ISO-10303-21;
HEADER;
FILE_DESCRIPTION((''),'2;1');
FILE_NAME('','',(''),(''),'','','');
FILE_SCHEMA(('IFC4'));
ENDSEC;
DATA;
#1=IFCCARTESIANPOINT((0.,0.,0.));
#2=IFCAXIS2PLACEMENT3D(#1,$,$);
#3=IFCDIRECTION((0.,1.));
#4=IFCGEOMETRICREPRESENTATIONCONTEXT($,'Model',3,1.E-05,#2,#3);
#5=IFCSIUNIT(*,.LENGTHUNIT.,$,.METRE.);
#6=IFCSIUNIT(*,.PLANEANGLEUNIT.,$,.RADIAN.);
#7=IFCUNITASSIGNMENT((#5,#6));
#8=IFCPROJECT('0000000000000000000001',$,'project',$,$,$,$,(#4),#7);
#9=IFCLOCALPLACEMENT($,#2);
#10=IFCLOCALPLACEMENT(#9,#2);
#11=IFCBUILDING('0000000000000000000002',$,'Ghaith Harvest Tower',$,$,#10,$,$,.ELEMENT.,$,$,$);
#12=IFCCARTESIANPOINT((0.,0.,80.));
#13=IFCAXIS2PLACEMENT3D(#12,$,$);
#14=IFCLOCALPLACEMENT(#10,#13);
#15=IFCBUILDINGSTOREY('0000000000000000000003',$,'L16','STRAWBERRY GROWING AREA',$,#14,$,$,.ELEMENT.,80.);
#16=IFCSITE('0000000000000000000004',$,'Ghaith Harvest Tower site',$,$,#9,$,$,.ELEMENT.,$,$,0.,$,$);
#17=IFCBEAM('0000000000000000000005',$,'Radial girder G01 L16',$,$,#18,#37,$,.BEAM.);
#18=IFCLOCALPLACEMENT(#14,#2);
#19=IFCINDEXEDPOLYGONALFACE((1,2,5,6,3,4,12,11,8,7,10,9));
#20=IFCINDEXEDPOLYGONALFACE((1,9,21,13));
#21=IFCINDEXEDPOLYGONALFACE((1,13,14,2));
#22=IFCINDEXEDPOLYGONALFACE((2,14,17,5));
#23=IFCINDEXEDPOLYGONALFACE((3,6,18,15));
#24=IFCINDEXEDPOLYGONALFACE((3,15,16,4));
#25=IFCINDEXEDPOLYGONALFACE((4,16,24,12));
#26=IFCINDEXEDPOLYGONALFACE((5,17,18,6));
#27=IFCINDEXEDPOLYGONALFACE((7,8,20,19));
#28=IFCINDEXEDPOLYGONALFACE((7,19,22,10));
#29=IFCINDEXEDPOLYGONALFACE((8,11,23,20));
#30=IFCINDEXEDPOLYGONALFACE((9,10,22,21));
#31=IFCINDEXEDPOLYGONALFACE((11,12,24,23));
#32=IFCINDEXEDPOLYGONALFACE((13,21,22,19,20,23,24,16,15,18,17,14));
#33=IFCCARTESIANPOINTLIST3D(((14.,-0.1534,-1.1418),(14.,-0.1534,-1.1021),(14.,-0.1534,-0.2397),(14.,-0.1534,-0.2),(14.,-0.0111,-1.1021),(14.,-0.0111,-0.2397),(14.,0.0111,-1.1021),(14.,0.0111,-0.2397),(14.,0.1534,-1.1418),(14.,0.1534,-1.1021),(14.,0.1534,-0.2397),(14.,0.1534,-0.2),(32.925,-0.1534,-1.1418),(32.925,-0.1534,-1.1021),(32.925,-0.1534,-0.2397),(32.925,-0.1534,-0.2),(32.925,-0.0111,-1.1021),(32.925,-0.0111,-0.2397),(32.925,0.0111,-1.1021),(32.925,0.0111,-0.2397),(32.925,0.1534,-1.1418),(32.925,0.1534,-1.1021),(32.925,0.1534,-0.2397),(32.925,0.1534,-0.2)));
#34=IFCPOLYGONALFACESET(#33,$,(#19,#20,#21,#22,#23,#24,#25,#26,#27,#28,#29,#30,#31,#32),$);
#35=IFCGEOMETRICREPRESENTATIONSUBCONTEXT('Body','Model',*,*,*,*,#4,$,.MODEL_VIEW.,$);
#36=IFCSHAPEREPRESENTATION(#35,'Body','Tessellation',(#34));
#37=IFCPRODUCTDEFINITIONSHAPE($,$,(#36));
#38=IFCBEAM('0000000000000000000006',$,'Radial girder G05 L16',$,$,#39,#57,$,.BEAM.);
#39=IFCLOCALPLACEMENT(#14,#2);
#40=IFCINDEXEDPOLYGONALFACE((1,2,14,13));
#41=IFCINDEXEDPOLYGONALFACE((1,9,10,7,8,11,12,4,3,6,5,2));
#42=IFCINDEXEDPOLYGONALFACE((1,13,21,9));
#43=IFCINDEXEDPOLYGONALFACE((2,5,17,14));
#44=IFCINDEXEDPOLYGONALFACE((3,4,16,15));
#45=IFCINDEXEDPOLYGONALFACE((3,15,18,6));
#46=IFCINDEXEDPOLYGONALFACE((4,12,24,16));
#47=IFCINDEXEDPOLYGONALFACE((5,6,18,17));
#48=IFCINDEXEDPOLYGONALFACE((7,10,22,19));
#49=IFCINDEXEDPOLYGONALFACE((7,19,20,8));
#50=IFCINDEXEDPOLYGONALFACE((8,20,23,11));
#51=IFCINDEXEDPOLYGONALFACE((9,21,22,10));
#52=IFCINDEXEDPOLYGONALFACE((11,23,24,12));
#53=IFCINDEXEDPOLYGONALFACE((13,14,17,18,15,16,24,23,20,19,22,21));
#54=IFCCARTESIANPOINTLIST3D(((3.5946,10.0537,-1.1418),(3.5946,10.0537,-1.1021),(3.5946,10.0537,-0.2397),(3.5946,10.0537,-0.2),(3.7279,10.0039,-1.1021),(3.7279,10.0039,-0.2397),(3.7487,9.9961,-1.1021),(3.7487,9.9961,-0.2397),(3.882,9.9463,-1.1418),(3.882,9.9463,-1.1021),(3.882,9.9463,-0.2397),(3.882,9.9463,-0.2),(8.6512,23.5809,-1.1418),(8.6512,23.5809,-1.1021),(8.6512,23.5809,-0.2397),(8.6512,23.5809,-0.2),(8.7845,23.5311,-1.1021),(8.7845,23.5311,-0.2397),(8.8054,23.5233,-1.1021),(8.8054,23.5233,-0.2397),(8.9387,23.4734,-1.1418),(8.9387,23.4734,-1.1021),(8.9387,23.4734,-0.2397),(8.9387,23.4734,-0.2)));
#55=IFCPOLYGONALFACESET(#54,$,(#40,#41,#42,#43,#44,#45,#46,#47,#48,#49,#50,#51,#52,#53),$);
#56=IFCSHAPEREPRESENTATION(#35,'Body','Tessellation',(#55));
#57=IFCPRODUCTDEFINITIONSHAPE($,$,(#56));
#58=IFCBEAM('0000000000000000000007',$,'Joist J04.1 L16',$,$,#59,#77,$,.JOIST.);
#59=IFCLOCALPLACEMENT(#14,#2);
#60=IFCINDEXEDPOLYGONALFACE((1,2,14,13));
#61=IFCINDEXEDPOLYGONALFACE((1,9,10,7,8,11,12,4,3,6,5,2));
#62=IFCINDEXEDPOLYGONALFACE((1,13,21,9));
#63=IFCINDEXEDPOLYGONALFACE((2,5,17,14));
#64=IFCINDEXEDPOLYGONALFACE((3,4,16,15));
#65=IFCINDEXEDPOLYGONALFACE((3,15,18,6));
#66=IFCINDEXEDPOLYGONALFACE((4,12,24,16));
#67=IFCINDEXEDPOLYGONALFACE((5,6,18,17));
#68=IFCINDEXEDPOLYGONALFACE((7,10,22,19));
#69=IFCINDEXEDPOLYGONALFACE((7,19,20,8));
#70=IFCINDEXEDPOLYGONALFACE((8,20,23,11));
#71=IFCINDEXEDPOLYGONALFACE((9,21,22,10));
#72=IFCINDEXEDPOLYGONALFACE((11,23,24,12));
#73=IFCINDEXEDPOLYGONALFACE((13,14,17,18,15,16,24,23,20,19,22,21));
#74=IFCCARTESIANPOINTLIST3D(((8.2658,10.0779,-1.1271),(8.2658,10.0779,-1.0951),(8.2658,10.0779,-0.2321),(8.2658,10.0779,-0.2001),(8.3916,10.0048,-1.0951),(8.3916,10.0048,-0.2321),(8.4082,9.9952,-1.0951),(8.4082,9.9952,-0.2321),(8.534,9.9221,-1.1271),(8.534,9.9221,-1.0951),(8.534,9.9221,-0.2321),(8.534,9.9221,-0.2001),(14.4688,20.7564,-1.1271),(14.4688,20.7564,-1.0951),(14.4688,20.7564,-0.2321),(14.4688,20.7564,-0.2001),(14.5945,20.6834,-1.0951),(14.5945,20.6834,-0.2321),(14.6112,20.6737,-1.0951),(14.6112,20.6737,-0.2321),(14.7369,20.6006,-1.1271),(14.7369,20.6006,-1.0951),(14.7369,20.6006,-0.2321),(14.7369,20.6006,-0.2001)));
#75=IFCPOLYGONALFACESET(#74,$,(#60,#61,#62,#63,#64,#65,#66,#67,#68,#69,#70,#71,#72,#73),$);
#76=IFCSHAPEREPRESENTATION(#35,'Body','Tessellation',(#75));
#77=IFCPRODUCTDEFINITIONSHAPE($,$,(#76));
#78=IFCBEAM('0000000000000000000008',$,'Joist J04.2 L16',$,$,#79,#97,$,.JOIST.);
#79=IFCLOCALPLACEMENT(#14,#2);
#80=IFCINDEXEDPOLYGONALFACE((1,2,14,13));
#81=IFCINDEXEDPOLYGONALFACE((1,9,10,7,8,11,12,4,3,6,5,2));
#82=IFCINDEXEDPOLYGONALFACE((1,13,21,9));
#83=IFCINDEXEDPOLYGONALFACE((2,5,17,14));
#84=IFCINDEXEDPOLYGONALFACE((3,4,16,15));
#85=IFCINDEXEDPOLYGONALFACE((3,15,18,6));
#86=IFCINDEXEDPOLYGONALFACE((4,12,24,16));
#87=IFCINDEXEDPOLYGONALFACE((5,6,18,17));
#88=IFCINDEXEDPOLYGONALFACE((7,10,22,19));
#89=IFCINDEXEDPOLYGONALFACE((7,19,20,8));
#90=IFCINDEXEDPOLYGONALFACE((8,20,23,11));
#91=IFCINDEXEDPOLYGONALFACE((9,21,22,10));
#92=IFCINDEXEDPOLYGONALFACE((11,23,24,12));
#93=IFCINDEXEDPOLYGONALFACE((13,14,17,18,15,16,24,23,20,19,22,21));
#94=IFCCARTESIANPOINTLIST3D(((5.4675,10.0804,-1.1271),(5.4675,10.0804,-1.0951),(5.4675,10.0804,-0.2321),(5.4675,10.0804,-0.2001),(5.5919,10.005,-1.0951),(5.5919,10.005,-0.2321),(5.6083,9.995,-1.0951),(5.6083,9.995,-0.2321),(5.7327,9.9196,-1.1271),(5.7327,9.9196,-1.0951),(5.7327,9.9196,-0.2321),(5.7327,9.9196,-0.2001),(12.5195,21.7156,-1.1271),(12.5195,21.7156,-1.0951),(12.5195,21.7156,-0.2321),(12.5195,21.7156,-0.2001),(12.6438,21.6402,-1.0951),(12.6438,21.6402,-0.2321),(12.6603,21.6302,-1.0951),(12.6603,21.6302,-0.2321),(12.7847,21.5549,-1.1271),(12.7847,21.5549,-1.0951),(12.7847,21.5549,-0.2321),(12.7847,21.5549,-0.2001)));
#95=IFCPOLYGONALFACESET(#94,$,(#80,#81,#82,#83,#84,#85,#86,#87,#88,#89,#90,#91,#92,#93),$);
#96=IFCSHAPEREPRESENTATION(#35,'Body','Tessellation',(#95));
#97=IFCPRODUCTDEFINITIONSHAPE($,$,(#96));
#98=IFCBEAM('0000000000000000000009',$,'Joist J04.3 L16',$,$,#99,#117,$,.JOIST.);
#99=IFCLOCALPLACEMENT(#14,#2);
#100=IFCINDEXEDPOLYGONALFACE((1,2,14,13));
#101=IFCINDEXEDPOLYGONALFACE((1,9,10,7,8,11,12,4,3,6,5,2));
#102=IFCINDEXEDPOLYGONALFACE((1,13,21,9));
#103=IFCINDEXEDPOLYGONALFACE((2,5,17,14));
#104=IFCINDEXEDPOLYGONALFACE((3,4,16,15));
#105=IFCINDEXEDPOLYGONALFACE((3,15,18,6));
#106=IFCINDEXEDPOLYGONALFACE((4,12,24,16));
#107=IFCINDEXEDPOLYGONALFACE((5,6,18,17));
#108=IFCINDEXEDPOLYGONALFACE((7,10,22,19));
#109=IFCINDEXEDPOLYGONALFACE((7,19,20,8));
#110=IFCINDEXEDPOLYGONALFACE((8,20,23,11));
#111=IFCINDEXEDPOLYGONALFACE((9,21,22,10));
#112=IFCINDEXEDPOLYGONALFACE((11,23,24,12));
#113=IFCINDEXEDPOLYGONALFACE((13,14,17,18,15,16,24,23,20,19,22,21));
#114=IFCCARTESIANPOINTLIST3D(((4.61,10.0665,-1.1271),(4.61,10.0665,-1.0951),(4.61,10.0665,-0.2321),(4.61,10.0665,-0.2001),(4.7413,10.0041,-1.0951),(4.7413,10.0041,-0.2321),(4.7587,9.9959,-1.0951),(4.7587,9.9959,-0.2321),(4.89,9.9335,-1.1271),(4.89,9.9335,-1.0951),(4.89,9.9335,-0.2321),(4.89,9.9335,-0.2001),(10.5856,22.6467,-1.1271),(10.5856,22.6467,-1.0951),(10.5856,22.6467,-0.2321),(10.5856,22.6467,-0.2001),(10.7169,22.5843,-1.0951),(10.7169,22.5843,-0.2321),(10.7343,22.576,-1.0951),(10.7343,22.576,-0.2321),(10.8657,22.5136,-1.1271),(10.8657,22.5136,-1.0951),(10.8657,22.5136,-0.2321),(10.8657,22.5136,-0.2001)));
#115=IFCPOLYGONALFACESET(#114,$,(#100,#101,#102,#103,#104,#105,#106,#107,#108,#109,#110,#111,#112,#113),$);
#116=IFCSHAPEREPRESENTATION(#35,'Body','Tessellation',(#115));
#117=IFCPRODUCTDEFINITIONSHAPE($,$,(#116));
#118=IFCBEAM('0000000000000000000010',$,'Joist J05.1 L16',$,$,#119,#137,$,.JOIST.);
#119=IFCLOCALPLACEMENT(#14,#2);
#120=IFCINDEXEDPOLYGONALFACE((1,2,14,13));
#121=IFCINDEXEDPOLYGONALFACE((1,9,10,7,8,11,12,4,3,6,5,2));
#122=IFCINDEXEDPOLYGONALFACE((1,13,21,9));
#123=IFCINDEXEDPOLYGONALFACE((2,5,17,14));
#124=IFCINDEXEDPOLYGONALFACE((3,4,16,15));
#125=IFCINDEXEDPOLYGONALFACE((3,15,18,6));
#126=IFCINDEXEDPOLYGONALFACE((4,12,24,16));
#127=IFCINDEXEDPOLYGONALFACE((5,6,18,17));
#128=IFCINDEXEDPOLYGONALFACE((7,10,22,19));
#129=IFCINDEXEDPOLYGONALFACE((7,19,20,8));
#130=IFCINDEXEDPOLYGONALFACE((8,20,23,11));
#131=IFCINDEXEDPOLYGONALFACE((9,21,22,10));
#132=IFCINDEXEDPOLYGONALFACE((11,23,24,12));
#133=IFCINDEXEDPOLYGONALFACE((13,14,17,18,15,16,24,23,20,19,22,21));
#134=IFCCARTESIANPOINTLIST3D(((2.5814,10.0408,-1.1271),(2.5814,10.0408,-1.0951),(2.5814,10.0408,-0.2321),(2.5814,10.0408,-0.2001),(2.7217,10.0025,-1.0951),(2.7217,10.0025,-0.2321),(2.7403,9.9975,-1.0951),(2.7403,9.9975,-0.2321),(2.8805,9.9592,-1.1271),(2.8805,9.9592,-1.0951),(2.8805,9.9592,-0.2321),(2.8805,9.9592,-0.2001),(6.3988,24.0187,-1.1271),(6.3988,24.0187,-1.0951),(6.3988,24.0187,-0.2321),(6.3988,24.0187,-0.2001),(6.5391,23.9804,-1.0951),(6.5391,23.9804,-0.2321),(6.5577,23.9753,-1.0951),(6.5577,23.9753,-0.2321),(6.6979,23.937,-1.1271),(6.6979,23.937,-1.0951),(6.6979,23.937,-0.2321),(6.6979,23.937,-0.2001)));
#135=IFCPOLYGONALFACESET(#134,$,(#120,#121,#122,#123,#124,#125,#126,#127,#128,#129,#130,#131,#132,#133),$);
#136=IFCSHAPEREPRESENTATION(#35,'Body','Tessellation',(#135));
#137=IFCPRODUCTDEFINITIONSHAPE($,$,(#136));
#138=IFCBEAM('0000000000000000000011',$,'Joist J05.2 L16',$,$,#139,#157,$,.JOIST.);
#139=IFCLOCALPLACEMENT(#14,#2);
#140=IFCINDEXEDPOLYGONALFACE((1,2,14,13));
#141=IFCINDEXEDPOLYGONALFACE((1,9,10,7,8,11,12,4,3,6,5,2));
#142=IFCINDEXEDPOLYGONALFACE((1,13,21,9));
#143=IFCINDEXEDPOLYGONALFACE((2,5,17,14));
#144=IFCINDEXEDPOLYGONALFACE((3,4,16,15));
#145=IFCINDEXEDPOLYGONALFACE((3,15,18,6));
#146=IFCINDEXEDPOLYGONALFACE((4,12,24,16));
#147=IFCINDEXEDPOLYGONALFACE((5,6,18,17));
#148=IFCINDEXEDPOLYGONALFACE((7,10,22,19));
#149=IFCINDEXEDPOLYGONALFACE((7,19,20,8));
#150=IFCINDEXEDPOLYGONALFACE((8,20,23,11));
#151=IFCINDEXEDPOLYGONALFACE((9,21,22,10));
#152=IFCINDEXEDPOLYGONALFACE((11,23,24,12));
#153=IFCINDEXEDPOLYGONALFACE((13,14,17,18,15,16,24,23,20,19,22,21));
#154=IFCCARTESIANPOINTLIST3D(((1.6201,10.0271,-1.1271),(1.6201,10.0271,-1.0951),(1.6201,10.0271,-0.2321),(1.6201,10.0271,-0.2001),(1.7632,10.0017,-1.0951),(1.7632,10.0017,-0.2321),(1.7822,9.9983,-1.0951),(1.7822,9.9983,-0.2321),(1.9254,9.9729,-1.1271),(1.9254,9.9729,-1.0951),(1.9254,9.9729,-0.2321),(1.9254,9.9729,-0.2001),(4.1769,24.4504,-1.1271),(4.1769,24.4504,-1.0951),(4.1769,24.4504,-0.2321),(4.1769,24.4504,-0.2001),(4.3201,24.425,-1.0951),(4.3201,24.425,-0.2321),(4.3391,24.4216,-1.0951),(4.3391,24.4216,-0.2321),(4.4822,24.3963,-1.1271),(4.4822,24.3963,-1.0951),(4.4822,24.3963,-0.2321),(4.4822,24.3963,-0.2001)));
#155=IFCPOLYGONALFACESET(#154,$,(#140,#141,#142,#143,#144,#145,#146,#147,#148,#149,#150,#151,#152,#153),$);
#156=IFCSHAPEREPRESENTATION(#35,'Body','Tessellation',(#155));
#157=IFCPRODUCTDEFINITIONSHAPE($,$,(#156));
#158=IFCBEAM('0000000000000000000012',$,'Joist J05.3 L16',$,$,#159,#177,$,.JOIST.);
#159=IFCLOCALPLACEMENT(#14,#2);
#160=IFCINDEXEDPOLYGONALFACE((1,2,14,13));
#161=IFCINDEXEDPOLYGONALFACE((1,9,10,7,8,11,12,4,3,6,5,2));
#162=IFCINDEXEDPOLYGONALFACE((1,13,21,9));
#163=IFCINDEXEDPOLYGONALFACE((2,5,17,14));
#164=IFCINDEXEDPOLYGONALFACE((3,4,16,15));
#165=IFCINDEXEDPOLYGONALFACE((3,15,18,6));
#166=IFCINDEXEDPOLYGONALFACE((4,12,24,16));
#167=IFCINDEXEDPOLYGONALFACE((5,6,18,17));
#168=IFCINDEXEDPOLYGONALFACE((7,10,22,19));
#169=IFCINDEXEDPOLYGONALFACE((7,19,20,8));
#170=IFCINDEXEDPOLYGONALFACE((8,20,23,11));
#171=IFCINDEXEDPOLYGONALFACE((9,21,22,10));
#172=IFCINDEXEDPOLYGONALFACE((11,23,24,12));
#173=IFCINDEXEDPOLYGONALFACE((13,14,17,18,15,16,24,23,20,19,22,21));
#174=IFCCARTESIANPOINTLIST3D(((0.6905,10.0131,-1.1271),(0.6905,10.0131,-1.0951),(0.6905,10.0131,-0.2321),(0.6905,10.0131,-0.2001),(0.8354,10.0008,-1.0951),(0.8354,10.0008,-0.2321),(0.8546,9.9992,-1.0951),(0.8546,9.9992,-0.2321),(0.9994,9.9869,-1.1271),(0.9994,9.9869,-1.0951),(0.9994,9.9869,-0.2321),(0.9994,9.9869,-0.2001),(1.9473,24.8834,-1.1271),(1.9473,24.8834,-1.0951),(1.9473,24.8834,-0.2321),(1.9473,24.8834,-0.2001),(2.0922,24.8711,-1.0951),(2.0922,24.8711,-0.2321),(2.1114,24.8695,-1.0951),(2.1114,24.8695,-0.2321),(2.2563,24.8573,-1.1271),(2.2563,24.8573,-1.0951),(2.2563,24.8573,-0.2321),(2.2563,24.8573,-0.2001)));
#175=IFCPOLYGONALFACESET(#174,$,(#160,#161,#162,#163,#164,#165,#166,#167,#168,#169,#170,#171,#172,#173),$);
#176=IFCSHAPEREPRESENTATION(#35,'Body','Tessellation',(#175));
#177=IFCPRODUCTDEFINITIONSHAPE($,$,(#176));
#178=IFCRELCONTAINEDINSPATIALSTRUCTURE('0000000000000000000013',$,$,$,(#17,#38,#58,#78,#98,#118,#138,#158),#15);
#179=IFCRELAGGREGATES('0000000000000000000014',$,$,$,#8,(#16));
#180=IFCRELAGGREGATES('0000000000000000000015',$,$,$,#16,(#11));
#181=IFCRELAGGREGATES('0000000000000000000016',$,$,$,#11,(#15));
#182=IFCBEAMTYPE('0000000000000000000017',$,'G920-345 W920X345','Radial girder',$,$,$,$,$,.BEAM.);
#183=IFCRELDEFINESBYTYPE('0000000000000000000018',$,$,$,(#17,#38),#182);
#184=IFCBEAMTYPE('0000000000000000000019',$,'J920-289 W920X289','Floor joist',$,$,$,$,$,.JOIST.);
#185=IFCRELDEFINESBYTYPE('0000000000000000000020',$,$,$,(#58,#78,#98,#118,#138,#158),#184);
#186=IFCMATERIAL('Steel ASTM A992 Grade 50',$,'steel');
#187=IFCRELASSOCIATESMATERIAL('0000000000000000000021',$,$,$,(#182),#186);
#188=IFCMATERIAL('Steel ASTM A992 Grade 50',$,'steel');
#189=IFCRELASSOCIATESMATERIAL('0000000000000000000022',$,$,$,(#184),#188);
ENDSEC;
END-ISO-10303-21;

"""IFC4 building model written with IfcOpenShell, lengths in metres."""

from ifc_helpers import new_model, si_unit, direction, frame, origin, origin_2d, place, context, subcontext, project, spatial, i_section, extrude, material, material_profile, profile_set, type_object, element, save


model = new_model("IFC4")

# Units and contexts
model_context = context("Model", 3, precision=1e-05, world=origin(), true_north=direction((0.0, 1.0)))
body_context = subcontext(model_context, "Body", "Model", "MODEL_VIEW")
ifc_project = project(units=[si_unit("LENGTHUNIT", "METRE"), si_unit("PLANEANGLEUNIT", "RADIAN")], contexts=[model_context])

# Site, building, storey
site_placement = place(None, origin())
site = spatial("IfcSite", under=ifc_project, at=site_placement, Name="Ghaith Harvest Tower site", CompositionType="ELEMENT", RefElevation=0.0)
building_placement = place(site_placement, origin())
building = spatial("IfcBuilding", under=site, at=building_placement, Name="Ghaith Harvest Tower", CompositionType="ELEMENT")
storey_placement = place(building_placement, frame((0.0, 0.0, 80.0)))
storey = spatial("IfcBuildingStorey", under=building, at=storey_placement, Name="L16", Description="STRAWBERRY GROWING AREA", CompositionType="ELEMENT", Elevation=80.0)

# Beams
ifc_material_1 = material(Name="Steel ASTM A992 Grade 50", Category="steel")
ifc_material_profile_1 = material_profile(ifc_material_1, i_section(OverallWidth=0.3069, OverallDepth=0.9419, WebThickness=0.0222, FlangeThickness=0.0398, at=origin_2d()), Name="W920X345")
ifc_profile_set_1 = profile_set([ifc_material_profile_1], Name="Steel ASTM A992 Grade 50")
beam_type_1 = type_object("IfcBeamType", Name="G920-345 W920X345", Description="Radial girder", PredefinedType="BEAM", material=ifc_profile_set_1)
beam_1_placement = place(storey_placement, frame((14.0, 0.0, -0.6709), z_axis=(1.0, 0.0, 0.0), x_axis=(0.0, 1.0, 0.0)))
element("IfcBeam", 1, at=beam_1_placement, inside=storey, type_object=beam_type_1, Name="Radial girder G01 L16", PredefinedType="BEAM", context=body_context, shape_type="SweptSolid", body=[
    extrude(i_section(OverallWidth=0.3069, OverallDepth=0.9419, WebThickness=0.0222, FlangeThickness=0.0398, at=origin_2d()), origin(), (0.0, 0.0, 1.0), 18.925),
])
beam_2_placement = place(storey_placement, frame((3.7383, 10.0, -0.6709), z_axis=(0.350151, 0.936693, 0.0), x_axis=(-0.936693, 0.350151, 0.0)))
element("IfcBeam", 2, at=beam_2_placement, inside=storey, type_object=beam_type_1, Name="Radial girder G05 L16", PredefinedType="BEAM", context=body_context, shape_type="SweptSolid", body=[
    extrude(i_section(OverallWidth=0.3069, OverallDepth=0.9419, WebThickness=0.0222, FlangeThickness=0.0398, at=origin_2d()), origin(), (0.0, 0.0, 1.0), 14.4414),
])
ifc_material_2 = material(Name="Steel ASTM A992 Grade 50", Category="steel")
ifc_material_profile_2 = material_profile(ifc_material_2, i_section(OverallWidth=0.3101, OverallDepth=0.927, WebThickness=0.0193, FlangeThickness=0.032, at=origin_2d()), Name="W920X289")
ifc_profile_set_2 = profile_set([ifc_material_profile_2], Name="Steel ASTM A992 Grade 50")
beam_type_2 = type_object("IfcBeamType", Name="J920-289 W920X289", Description="Floor joist", PredefinedType="JOIST", material=ifc_profile_set_2)
beam_3_placement = place(storey_placement, frame((8.3999, 10.0, -0.6636), z_axis=(0.502286, 0.864702, 0.0), x_axis=(-0.864702, 0.502286, 0.0)))
element("IfcBeam", 3, at=beam_3_placement, inside=storey, type_object=beam_type_2, Name="Joist J04.1 L16", PredefinedType="JOIST", context=body_context, shape_type="SweptSolid", body=[
    extrude(i_section(OverallWidth=0.3101, OverallDepth=0.927, WebThickness=0.0193, FlangeThickness=0.032, at=origin_2d()), origin(), (0.0, 0.0, 1.0), 12.3494),
])
beam_4_placement = place(storey_placement, frame((5.6001, 10.0, -0.6636), z_axis=(0.51832, 0.855187, 0.0), x_axis=(-0.855187, 0.51832, 0.0)))
element("IfcBeam", 4, at=beam_4_placement, inside=storey, type_object=beam_type_2, Name="Joist J04.2 L16", PredefinedType="JOIST", context=body_context, shape_type="SweptSolid", body=[
    extrude(i_section(OverallWidth=0.3101, OverallDepth=0.927, WebThickness=0.0193, FlangeThickness=0.032, at=origin_2d()), origin(), (0.0, 0.0, 1.0), 13.6055),
])
beam_5_placement = place(storey_placement, frame((4.75, 10.0, -0.6636), z_axis=(0.42906, 0.903276, 0.0), x_axis=(-0.903276, 0.42906, 0.0)))
element("IfcBeam", 5, at=beam_5_placement, inside=storey, type_object=beam_type_2, Name="Joist J04.3 L16", PredefinedType="JOIST", context=body_context, shape_type="SweptSolid", body=[
    extrude(i_section(OverallWidth=0.3101, OverallDepth=0.927, WebThickness=0.0193, FlangeThickness=0.032, at=origin_2d()), origin(), (0.0, 0.0, 1.0), 13.9272),
])
beam_6_placement = place(storey_placement, frame((2.731, 10.0, -0.6636), z_axis=(0.263455, 0.964672, 0.0), x_axis=(-0.964672, 0.263455, 0.0)))
element("IfcBeam", 6, at=beam_6_placement, inside=storey, type_object=beam_type_2, Name="Joist J05.1 L16", PredefinedType="JOIST", context=body_context, shape_type="SweptSolid", body=[
    extrude(i_section(OverallWidth=0.3101, OverallDepth=0.927, WebThickness=0.0193, FlangeThickness=0.032, at=origin_2d()), origin(), (0.0, 0.0, 1.0), 14.4897),
])
beam_7_placement = place(storey_placement, frame((1.7727, 10.0, -0.6636), z_axis=(0.174553, 0.984648, 0.0), x_axis=(-0.984648, 0.174553, 0.0)))
element("IfcBeam", 7, at=beam_7_placement, inside=storey, type_object=beam_type_2, Name="Joist J05.2 L16", PredefinedType="JOIST", context=body_context, shape_type="SweptSolid", body=[
    extrude(i_section(OverallWidth=0.3101, OverallDepth=0.927, WebThickness=0.0193, FlangeThickness=0.032, at=origin_2d()), origin(), (0.0, 0.0, 1.0), 14.6482),
])
beam_8_placement = place(storey_placement, frame((0.845, 10.0, -0.6636), z_axis=(0.084219, 0.996447, 0.0), x_axis=(-0.996447, 0.084219, 0.0)))
element("IfcBeam", 8, at=beam_8_placement, inside=storey, type_object=beam_type_2, Name="Joist J05.3 L16", PredefinedType="JOIST", context=body_context, shape_type="SweptSolid", body=[
    extrude(i_section(OverallWidth=0.3101, OverallDepth=0.927, WebThickness=0.0193, FlangeThickness=0.032, at=origin_2d()), origin(), (0.0, 0.0, 1.0), 14.9233),
])

save(model, "model.ifc")
